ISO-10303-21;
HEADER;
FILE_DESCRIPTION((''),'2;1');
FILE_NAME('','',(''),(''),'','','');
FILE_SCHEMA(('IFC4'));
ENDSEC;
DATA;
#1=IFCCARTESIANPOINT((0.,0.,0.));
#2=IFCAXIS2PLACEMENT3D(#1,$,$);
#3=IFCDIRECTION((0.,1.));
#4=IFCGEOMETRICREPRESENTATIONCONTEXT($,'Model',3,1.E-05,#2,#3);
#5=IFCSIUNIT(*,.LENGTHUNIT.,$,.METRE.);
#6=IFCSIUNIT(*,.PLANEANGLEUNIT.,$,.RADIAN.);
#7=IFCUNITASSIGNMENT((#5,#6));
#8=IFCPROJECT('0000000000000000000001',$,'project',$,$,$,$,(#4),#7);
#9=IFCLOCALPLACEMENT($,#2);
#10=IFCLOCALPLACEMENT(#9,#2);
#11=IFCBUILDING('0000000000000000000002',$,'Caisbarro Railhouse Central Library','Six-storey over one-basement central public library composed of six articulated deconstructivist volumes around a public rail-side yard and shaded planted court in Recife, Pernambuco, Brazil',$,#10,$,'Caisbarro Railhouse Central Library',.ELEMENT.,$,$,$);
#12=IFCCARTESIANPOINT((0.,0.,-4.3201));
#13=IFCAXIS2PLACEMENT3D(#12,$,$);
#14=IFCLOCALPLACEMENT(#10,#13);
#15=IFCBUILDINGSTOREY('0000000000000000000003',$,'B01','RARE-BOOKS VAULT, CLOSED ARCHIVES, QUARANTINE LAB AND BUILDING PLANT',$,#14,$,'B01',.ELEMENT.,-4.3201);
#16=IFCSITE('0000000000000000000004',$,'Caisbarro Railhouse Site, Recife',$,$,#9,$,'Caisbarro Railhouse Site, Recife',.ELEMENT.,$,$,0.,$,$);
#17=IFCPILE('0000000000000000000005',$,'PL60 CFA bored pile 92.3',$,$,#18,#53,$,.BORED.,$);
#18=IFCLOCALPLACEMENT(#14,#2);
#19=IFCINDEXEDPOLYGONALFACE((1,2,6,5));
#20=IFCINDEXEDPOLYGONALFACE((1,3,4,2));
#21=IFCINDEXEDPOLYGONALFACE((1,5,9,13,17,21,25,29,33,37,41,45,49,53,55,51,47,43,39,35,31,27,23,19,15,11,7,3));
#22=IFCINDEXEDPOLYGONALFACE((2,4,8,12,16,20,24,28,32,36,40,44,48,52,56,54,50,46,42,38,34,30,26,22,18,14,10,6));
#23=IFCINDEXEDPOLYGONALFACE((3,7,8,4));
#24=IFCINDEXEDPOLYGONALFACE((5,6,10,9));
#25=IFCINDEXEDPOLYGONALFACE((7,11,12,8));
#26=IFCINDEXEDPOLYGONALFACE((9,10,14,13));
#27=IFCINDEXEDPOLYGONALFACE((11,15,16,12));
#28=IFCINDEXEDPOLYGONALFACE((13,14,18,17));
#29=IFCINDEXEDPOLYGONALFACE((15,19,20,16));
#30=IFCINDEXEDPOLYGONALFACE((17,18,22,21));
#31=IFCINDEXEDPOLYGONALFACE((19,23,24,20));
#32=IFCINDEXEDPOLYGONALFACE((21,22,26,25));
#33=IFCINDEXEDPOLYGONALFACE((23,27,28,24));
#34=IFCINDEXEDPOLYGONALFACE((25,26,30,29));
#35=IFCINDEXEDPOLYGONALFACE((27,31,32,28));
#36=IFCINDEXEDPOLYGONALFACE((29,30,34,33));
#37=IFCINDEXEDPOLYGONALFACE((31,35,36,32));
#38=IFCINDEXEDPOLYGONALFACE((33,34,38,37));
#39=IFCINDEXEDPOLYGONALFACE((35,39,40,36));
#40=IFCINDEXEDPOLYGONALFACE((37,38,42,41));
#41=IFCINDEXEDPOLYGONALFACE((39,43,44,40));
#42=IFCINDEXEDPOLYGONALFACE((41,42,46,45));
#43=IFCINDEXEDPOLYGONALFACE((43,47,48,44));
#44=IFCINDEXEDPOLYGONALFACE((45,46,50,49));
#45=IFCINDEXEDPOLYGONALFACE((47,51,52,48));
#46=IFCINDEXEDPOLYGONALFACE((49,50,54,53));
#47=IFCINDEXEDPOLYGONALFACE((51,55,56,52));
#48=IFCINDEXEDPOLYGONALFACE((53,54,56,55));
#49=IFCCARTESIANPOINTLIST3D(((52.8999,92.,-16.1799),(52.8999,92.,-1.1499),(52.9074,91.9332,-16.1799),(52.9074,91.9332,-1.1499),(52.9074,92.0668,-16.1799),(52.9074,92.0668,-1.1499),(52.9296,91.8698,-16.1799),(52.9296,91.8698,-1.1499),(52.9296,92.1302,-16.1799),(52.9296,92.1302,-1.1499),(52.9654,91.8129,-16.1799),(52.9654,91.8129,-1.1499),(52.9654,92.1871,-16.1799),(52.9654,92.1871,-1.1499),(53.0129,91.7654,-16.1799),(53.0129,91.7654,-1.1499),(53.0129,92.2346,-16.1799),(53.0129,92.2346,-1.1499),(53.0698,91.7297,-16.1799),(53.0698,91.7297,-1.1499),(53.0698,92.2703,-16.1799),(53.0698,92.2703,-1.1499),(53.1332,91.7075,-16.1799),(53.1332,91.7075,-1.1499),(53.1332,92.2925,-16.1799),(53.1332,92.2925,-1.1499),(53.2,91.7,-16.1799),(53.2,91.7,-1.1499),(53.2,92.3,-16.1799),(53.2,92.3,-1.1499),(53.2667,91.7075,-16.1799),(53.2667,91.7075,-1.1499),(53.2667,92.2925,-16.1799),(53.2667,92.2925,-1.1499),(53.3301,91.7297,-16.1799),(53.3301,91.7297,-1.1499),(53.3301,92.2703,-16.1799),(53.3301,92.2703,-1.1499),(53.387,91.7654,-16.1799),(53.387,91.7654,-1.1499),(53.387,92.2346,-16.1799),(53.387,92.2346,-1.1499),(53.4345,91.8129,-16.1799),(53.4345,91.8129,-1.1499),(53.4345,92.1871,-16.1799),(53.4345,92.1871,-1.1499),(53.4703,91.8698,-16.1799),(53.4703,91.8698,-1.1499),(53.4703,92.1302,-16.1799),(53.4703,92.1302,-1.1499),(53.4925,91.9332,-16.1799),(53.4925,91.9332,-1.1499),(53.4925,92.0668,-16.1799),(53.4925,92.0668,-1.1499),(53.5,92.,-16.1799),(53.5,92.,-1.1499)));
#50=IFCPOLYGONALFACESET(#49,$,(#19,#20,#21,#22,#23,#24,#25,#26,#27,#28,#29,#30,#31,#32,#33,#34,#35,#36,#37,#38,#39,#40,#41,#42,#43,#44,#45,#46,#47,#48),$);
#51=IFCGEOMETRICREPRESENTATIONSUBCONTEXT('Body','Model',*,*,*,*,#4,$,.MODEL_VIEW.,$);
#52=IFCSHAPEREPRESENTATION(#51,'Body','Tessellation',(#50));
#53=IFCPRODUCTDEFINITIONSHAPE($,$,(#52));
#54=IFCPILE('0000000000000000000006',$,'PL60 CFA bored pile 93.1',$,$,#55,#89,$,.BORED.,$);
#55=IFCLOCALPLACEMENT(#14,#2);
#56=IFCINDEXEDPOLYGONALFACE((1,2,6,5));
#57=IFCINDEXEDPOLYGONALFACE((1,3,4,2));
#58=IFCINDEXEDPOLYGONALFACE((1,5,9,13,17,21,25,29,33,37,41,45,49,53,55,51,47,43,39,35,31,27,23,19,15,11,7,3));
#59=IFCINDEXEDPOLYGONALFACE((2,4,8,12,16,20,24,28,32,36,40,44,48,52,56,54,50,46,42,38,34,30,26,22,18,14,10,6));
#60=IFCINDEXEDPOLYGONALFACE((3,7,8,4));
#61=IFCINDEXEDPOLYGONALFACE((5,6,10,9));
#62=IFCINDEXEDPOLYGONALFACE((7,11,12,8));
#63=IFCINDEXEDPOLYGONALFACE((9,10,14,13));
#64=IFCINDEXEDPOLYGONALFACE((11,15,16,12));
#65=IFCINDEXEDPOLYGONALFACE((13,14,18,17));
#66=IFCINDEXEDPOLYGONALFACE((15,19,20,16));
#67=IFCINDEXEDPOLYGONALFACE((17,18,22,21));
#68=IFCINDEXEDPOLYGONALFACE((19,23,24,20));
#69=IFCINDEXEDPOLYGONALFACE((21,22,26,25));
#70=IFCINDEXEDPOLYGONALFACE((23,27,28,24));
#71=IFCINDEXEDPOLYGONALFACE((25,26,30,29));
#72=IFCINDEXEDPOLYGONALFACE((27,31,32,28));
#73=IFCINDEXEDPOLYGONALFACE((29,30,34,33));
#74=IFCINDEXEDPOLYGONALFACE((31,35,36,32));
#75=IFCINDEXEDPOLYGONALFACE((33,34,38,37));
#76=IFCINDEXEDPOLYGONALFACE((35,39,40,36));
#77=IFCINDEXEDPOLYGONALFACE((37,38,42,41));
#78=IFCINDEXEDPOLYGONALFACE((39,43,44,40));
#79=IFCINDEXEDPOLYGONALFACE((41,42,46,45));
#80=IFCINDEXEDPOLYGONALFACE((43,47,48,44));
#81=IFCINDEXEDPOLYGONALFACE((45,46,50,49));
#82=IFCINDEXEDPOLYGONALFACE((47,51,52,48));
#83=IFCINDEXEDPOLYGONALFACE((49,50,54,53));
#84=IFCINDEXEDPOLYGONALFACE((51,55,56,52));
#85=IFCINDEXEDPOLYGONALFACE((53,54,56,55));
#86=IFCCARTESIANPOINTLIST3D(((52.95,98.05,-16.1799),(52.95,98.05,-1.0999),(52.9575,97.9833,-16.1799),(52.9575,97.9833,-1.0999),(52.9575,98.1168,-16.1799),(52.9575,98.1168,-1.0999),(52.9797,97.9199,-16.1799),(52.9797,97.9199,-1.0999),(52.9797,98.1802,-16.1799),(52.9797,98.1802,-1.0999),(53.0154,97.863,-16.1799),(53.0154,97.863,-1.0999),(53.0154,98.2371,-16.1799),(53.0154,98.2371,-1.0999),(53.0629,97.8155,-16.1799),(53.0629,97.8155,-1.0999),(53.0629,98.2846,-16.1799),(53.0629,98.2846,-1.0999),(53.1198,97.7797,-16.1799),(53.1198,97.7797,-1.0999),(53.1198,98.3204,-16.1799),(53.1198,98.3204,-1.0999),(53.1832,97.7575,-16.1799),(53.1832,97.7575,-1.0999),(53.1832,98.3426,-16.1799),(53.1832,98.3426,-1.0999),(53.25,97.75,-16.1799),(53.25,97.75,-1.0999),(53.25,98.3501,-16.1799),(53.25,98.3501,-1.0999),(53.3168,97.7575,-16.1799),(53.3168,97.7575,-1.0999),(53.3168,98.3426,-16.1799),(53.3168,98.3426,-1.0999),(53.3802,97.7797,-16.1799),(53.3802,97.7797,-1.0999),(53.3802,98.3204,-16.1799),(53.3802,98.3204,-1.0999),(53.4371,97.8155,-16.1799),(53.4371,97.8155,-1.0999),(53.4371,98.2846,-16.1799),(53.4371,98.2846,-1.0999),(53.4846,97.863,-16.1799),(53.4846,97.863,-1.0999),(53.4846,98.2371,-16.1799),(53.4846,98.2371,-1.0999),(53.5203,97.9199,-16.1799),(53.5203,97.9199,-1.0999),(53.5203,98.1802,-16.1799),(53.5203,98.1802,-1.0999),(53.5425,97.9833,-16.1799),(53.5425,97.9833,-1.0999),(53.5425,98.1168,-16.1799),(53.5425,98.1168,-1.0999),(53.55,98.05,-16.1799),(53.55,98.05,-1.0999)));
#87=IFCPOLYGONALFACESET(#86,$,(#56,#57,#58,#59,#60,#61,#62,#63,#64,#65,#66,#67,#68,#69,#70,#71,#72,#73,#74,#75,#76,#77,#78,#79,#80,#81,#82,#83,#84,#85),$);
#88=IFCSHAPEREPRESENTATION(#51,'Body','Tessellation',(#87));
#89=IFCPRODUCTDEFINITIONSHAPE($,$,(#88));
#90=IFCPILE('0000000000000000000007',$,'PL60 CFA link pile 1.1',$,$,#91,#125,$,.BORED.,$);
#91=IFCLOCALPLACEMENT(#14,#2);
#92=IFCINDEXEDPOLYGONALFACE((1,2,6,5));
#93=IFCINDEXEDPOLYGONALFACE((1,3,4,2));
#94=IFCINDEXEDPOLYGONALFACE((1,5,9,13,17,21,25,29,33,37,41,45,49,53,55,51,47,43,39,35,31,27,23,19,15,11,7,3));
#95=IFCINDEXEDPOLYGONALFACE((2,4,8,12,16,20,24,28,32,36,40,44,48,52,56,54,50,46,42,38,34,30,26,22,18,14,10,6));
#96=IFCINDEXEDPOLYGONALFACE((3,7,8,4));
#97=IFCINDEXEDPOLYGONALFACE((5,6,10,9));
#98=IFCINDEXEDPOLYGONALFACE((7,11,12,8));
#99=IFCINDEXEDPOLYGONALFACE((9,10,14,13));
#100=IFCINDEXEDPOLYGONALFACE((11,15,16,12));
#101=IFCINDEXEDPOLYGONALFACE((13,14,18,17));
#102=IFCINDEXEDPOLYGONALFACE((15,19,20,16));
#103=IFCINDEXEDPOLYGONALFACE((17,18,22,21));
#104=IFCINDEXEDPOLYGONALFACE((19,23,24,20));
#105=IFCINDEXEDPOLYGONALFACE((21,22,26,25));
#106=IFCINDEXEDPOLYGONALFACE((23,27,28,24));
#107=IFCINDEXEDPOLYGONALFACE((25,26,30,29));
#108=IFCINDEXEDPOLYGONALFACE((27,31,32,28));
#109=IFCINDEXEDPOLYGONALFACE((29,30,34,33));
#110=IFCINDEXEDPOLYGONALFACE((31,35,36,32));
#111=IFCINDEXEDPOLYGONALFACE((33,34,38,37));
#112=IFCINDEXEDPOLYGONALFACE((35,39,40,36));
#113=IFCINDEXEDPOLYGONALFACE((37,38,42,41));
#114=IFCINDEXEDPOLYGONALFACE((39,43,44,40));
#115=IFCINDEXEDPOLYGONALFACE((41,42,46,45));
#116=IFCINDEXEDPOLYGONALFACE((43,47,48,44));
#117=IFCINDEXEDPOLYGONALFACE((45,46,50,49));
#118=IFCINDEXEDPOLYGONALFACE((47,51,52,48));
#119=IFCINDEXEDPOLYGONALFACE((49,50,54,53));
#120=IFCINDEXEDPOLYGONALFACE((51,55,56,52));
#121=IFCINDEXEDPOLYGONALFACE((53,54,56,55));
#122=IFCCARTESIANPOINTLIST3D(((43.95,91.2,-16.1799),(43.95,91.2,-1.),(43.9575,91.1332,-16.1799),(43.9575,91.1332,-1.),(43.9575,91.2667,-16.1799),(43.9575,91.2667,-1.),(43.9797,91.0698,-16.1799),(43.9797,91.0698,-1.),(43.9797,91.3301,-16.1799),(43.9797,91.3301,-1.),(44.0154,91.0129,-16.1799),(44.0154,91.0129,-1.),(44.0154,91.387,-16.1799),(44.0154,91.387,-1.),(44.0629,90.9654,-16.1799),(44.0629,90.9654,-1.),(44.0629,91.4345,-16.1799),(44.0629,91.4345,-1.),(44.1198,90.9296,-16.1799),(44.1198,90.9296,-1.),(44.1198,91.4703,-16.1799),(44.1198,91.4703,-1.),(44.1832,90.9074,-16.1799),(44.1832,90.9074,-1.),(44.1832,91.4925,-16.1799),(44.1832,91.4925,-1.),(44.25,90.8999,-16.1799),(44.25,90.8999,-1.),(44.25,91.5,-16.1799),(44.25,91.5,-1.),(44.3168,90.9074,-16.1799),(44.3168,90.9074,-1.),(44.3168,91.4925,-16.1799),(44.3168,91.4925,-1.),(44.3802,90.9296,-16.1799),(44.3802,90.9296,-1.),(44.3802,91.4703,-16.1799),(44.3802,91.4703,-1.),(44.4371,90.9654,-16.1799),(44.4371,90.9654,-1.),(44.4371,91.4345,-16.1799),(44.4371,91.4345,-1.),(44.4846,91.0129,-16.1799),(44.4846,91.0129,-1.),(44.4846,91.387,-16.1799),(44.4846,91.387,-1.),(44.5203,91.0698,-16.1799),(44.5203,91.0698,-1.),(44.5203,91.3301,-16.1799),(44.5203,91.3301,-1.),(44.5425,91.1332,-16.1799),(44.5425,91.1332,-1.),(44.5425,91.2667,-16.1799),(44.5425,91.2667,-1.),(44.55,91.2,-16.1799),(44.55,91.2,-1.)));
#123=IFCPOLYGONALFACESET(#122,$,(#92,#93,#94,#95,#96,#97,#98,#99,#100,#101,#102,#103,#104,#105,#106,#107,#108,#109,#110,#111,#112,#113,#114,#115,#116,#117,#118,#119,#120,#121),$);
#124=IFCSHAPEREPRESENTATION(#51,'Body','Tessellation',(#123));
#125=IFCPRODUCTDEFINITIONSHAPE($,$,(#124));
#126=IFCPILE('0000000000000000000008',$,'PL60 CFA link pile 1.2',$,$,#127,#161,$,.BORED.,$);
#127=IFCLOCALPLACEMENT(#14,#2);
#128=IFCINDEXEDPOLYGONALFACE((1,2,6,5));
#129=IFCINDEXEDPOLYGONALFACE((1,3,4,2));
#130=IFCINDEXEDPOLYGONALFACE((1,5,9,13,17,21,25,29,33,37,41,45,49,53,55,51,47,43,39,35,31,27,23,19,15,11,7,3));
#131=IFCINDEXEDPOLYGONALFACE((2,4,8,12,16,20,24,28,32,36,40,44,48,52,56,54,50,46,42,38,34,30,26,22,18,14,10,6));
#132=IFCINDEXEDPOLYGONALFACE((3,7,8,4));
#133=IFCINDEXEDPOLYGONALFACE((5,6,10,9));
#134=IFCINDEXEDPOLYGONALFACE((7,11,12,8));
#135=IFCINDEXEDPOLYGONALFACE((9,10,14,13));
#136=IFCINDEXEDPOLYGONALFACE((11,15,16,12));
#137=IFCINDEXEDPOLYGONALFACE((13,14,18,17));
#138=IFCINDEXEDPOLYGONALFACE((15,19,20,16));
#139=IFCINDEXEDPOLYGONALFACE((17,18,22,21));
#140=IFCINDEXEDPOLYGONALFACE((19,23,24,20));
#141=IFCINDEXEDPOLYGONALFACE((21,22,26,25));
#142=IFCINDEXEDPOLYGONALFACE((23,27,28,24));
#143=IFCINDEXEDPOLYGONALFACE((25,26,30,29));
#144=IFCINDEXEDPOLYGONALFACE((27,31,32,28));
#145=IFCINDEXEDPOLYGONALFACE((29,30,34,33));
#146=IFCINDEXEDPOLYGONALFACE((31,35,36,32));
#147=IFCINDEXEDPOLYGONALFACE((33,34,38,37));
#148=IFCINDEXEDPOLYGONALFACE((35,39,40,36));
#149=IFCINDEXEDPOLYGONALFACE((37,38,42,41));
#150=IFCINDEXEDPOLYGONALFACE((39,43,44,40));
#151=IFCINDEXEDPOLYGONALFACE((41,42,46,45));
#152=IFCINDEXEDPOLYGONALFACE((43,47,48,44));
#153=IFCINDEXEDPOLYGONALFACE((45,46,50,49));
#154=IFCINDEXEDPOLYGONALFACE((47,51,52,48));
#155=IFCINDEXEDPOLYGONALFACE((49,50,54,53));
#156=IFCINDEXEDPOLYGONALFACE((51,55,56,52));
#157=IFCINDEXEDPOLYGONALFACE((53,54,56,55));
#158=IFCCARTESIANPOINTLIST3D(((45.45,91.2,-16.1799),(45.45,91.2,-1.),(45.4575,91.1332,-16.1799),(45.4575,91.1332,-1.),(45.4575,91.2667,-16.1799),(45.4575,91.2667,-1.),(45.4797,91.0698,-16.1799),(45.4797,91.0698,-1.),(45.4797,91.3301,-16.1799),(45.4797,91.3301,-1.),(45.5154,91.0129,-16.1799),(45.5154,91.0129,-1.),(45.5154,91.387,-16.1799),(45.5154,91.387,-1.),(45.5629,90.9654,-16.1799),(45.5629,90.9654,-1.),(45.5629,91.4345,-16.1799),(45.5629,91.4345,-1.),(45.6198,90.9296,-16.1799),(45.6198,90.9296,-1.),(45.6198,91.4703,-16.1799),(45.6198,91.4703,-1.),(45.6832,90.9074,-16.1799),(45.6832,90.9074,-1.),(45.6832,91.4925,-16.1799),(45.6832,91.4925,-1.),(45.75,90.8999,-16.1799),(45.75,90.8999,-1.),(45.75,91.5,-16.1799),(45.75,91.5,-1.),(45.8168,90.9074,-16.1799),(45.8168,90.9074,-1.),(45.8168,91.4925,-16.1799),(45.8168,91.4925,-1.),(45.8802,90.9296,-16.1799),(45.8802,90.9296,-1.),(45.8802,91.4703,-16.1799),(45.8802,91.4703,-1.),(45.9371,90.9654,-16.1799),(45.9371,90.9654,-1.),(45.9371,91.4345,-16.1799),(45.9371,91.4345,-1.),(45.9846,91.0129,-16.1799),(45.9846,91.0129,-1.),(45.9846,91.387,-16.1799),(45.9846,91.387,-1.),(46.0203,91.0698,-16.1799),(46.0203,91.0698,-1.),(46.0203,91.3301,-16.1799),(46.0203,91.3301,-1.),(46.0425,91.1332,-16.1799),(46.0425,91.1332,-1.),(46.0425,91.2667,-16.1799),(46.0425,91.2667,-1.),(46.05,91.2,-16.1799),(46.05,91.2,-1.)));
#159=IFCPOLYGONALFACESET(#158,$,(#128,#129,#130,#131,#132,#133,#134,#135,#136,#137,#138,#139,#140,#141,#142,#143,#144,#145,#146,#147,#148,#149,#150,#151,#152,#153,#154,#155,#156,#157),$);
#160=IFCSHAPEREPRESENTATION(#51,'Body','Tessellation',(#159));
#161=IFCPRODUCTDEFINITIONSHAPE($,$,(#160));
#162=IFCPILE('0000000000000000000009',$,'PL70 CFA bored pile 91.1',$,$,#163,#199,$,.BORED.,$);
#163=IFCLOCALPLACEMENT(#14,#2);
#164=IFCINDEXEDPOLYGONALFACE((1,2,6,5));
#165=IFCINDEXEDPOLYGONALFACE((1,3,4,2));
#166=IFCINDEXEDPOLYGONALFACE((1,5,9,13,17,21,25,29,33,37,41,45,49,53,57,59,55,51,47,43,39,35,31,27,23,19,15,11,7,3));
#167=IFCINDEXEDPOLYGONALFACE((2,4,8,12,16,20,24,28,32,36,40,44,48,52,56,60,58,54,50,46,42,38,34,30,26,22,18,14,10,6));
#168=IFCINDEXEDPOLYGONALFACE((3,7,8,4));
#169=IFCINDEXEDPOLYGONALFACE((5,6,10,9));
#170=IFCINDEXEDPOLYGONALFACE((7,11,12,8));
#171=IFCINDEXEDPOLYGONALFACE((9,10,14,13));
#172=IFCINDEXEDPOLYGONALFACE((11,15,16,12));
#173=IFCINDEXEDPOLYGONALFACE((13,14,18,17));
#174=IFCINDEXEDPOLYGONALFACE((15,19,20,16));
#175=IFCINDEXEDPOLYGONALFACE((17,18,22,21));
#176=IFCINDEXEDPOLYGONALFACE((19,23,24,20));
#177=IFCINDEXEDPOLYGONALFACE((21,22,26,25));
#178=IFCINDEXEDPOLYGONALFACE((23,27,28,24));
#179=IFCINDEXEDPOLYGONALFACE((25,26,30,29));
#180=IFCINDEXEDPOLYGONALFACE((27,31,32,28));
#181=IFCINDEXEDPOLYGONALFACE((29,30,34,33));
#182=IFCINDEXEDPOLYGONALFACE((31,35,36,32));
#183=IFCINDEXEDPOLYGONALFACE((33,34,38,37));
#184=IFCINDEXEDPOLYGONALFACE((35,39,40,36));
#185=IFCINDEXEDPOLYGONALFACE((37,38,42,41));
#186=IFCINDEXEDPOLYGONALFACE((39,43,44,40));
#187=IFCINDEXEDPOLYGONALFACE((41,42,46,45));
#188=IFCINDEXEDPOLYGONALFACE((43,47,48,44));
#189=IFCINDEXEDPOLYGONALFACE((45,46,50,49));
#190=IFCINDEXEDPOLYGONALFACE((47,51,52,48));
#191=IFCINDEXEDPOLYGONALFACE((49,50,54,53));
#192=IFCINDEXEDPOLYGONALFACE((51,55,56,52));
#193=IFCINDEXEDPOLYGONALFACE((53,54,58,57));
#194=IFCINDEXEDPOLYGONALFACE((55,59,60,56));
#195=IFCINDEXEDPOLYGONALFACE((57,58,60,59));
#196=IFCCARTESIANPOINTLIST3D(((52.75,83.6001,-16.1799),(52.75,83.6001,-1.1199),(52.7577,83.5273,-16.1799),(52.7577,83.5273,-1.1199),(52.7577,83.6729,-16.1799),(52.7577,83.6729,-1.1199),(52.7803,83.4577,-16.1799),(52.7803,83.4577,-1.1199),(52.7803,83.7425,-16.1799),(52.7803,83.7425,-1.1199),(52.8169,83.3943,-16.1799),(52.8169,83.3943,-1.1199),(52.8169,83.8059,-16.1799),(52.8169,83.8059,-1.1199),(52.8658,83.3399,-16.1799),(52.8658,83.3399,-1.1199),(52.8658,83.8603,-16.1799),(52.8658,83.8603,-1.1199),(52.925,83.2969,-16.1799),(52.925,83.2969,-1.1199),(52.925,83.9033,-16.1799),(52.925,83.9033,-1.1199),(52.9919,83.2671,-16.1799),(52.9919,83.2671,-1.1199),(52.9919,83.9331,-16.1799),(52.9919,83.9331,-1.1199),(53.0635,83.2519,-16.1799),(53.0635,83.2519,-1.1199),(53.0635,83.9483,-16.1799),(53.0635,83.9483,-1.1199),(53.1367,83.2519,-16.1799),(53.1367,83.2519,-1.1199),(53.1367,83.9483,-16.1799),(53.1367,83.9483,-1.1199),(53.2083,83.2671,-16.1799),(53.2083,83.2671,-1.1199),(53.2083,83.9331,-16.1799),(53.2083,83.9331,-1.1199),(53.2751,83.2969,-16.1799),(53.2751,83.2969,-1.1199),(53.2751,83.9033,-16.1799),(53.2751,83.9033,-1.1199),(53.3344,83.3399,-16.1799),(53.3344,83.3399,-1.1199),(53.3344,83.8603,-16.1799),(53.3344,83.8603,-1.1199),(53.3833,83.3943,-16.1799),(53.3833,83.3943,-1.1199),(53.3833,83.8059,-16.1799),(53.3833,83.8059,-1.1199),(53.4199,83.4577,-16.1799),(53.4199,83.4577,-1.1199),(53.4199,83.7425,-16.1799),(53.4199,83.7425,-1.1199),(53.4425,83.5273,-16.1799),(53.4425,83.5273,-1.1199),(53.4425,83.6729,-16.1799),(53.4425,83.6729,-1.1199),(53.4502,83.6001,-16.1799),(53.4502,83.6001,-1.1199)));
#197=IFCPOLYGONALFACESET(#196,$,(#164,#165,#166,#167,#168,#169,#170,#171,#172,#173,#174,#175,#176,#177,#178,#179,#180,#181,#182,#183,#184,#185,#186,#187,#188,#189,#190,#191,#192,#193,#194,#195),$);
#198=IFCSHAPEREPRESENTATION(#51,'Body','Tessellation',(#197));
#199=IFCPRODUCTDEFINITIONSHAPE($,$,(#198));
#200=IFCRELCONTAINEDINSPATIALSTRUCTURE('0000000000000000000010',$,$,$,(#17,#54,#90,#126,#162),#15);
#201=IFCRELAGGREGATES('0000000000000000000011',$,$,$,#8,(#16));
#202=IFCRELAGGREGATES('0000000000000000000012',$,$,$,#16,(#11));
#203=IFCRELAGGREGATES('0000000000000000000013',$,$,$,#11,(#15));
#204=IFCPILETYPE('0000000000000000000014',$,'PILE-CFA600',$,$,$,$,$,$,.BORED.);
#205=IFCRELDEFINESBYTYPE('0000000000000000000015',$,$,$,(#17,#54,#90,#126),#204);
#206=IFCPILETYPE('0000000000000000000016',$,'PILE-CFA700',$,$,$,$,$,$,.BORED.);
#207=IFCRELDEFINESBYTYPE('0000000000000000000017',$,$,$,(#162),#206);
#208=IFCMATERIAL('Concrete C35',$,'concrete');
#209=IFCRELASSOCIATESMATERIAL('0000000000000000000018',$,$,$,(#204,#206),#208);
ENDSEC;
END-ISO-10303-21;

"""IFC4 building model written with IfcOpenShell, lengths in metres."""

from ifc_helpers import new_model, si_unit, direction, frame, origin, origin_2d, place, context, subcontext, project, spatial, circle, extrude, material, material_profile, profile_set, type_object, element, save


model = new_model("IFC4")

# Units and contexts
model_context = context("Model", 3, precision=1e-05, world=origin(), true_north=direction((0.0, 1.0)))
body_context = subcontext(model_context, "Body", "Model", "MODEL_VIEW")
ifc_project = project(units=[si_unit("LENGTHUNIT", "METRE"), si_unit("PLANEANGLEUNIT", "RADIAN")], contexts=[model_context])

# Site, building, storey
site_placement = place(None, origin())
site = spatial("IfcSite", under=ifc_project, at=site_placement, Name="Caisbarro Railhouse Site, Recife", LongName="Caisbarro Railhouse Site, Recife", CompositionType="ELEMENT", RefElevation=0.0)
building_placement = place(site_placement, origin())
building = spatial("IfcBuilding", under=site, at=building_placement, Name="Caisbarro Railhouse Central Library", Description="Six-storey over one-basement central public library composed of six articulated deconstructivist volumes around a public rail-side yard and shaded planted court in Recife, Pernambuco, Brazil", LongName="Caisbarro Railhouse Central Library", CompositionType="ELEMENT")
storey_placement = place(building_placement, frame((0.0, 0.0, -4.3201)))
storey = spatial("IfcBuildingStorey", under=building, at=storey_placement, Name="B01", Description="RARE-BOOKS VAULT, CLOSED ARCHIVES, QUARANTINE LAB AND BUILDING PLANT", LongName="B01", CompositionType="ELEMENT", Elevation=-4.3201)

# Shared definitions
ifc_material_1 = material(Name="Concrete C35", Category="concrete")

# Piles
ifc_material_profile_1 = material_profile(ifc_material_1, circle(Radius=0.3, at=origin_2d()), Name="PILE-CFA-600")
ifc_profile_set_1 = profile_set([ifc_material_profile_1], Name="Concrete C35")
pile_type_1 = type_object("IfcPileType", Name="PILE-CFA600", PredefinedType="BORED", material=ifc_profile_set_1)
for number, where, z_axis, x_axis, name in (
    (1, (53.2, 92.0, -1.1499), (0.0, 0.0, -1.0), (1.0, 0.0, 0.0), "PL60 CFA bored pile 92.3"),
):
    element("IfcPile", number, at=place(storey_placement, frame(where, z_axis=z_axis, x_axis=x_axis)), inside=storey, type_object=pile_type_1, Name=name, PredefinedType="BORED", context=body_context, shape_type="SweptSolid", body=[
        extrude(circle(Radius=0.3, at=origin_2d()), origin(), (0.0, 0.0, 1.0), 15.03),
    ])
pile_1_placement = place(storey_placement, frame((53.25, 98.05, -1.0999), z_axis=(0.0, 0.0, -1.0), x_axis=(1.0, 0.0, 0.0)))
element("IfcPile", 2, at=pile_1_placement, inside=storey, type_object=pile_type_1, Name="PL60 CFA bored pile 93.1", PredefinedType="BORED", context=body_context, shape_type="SweptSolid", body=[
    extrude(circle(Radius=0.3, at=origin_2d()), origin(), (0.0, 0.0, 1.0), 15.0801),
])
for number, where, z_axis, x_axis, name in (
    (3, (44.25, 91.2, -1.0), (0.0, 0.0, -1.0), (1.0, 0.0, 0.0), "PL60 CFA link pile 1.1"),
    (4, (45.75, 91.2, -1.0), (0.0, 0.0, -1.0), (1.0, 0.0, 0.0), "PL60 CFA link pile 1.2"),
):
    element("IfcPile", number, at=place(storey_placement, frame(where, z_axis=z_axis, x_axis=x_axis)), inside=storey, type_object=pile_type_1, Name=name, PredefinedType="BORED", context=body_context, shape_type="SweptSolid", body=[
        extrude(circle(Radius=0.3, at=origin_2d()), origin(), (0.0, 0.0, 1.0), 15.1799),
    ])
ifc_material_profile_2 = material_profile(ifc_material_1, circle(Radius=0.3501, at=origin_2d()), Name="PILE-CFA-700")
ifc_profile_set_2 = profile_set([ifc_material_profile_2], Name="Concrete C35")
pile_type_2 = type_object("IfcPileType", Name="PILE-CFA700", PredefinedType="BORED", material=ifc_profile_set_2)
pile_2_placement = place(storey_placement, frame((53.1001, 83.6001, -1.1199), z_axis=(0.0, 0.0, -1.0), x_axis=(1.0, 0.0, 0.0)))
element("IfcPile", 5, at=pile_2_placement, inside=storey, type_object=pile_type_2, Name="PL70 CFA bored pile 91.1", PredefinedType="BORED", context=body_context, shape_type="SweptSolid", body=[
    extrude(circle(Radius=0.3501, at=origin_2d()), origin(), (0.0, 0.0, 1.0), 15.0601),
])

save(model, "model.ifc")
